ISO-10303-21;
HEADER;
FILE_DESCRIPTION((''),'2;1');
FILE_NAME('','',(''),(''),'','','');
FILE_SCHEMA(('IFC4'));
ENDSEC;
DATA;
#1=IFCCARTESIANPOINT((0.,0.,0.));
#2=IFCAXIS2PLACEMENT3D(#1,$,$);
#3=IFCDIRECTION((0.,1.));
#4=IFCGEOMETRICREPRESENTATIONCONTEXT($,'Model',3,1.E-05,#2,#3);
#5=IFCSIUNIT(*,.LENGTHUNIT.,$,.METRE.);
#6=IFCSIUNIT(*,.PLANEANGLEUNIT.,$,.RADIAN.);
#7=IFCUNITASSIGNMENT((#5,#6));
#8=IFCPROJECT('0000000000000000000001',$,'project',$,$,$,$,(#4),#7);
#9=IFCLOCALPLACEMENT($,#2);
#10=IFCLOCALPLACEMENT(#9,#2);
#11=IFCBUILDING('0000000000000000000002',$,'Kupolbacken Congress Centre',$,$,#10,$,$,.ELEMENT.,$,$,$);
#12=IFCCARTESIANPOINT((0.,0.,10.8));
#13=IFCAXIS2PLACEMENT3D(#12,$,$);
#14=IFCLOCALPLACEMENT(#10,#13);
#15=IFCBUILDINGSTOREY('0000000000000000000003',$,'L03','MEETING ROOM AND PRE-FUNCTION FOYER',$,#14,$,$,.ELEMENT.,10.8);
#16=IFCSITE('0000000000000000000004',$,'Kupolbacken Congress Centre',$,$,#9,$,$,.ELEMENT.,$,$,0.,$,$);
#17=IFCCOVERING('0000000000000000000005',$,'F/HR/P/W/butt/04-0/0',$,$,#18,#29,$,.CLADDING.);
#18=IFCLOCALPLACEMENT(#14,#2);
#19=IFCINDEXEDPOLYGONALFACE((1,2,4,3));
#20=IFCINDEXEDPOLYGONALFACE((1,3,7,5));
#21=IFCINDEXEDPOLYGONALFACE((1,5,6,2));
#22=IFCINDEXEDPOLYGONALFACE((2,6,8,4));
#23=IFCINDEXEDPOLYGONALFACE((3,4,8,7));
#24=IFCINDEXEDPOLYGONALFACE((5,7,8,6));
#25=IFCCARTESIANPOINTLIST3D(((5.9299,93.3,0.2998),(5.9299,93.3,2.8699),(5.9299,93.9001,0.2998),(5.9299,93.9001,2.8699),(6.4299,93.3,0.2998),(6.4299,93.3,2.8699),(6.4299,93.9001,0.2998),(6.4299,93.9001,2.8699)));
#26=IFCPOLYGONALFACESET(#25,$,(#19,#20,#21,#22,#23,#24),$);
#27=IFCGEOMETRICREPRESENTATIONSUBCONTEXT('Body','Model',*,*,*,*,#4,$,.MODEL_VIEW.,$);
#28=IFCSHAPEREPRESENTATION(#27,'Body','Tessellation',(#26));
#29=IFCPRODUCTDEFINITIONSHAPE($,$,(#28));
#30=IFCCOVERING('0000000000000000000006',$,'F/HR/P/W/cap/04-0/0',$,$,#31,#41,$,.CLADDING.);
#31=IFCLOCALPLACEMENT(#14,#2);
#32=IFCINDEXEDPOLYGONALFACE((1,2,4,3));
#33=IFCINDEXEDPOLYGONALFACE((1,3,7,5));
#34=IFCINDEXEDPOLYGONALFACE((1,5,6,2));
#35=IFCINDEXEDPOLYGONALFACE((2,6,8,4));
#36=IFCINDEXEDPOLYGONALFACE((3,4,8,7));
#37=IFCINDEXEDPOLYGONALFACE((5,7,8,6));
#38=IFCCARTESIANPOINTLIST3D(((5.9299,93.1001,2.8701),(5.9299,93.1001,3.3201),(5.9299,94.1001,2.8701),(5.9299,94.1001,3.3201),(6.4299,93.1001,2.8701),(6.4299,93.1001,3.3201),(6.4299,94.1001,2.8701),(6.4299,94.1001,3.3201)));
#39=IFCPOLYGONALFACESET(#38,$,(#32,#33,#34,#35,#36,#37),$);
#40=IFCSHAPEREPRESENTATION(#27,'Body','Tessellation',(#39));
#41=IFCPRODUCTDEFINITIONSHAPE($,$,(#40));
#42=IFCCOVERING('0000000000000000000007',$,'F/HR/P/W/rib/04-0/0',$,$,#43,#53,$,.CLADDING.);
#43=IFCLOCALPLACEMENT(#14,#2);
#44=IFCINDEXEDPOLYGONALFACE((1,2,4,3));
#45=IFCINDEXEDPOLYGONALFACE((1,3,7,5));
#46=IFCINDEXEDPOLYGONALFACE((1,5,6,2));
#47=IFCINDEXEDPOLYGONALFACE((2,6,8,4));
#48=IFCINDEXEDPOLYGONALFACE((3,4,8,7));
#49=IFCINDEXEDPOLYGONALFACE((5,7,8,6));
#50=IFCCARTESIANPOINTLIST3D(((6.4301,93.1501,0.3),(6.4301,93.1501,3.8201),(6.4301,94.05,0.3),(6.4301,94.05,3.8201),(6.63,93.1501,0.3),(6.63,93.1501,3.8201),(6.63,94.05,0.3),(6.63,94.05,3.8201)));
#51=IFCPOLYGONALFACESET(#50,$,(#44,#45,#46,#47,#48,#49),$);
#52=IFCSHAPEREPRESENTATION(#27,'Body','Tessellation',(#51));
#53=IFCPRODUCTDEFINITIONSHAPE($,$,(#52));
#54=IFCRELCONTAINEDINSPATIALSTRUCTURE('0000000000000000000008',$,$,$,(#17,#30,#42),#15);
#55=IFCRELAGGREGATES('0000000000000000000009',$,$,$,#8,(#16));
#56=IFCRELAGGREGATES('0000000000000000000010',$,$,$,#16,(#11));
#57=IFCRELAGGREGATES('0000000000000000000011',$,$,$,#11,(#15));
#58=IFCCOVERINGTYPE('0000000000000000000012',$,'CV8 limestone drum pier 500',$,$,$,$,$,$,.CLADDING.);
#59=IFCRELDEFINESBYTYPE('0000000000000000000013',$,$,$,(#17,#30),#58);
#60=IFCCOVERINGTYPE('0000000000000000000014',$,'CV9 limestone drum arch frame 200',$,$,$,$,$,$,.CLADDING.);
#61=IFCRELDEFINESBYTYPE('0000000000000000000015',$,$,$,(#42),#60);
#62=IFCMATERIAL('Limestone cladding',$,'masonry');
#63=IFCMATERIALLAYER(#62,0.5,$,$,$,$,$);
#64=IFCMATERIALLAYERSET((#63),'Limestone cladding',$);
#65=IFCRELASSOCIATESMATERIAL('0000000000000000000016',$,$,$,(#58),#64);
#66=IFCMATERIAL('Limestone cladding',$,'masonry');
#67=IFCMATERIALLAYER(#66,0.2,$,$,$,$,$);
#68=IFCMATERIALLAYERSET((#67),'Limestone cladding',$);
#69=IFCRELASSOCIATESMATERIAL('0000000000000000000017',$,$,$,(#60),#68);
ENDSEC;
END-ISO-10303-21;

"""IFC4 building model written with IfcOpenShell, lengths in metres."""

from ifc_helpers import new_model, si_unit, direction, frame, origin, origin_2d, place, context, subcontext, project, spatial, rectangle, extrude, material, layer, layer_set, type_object, element, save


model = new_model("IFC4")

# Units and contexts
model_context = context("Model", 3, precision=1e-05, world=origin(), true_north=direction((0.0, 1.0)))
body_context = subcontext(model_context, "Body", "Model", "MODEL_VIEW")
ifc_project = project(units=[si_unit("LENGTHUNIT", "METRE"), si_unit("PLANEANGLEUNIT", "RADIAN")], contexts=[model_context])

# Site, building, storey
site_placement = place(None, origin())
site = spatial("IfcSite", under=ifc_project, at=site_placement, Name="Kupolbacken Congress Centre", CompositionType="ELEMENT", RefElevation=0.0)
building_placement = place(site_placement, origin())
building = spatial("IfcBuilding", under=site, at=building_placement, Name="Kupolbacken Congress Centre", CompositionType="ELEMENT")
storey_placement = place(building_placement, frame((0.0, 0.0, 10.8)))
storey = spatial("IfcBuildingStorey", under=building, at=storey_placement, Name="L03", Description="MEETING ROOM AND PRE-FUNCTION FOYER", CompositionType="ELEMENT", Elevation=10.8)

# Coverings
ifc_material_1 = material(Name="Limestone cladding", Category="masonry")
ifc_layer_1 = layer(ifc_material_1, 0.5)
ifc_layer_set_1 = layer_set([ifc_layer_1], Name="Limestone cladding")
covering_type_1 = type_object("IfcCoveringType", Name="CV8 limestone drum pier 500", PredefinedType="CLADDING", material=ifc_layer_set_1)
covering_1_placement = place(storey_placement, frame((6.1799, 93.6001, 0.2998), z_axis=(0.0, 0.0, 1.0), x_axis=(0.0, 1.0, 0.0)))
element("IfcCovering", 1, at=covering_1_placement, inside=storey, type_object=covering_type_1, Name="F/HR/P/W/butt/04-0/0", PredefinedType="CLADDING", context=body_context, shape_type="SweptSolid", body=[
    extrude(rectangle(XDim=0.6001, YDim=0.5, at=origin_2d()), origin(), (0.0, 0.0, 1.0), 2.5701),
])
covering_2_placement = place(storey_placement, frame((6.1799, 93.6001, 2.8701), z_axis=(0.0, 0.0, 1.0), x_axis=(0.0, 1.0, 0.0)))
element("IfcCovering", 2, at=covering_2_placement, inside=storey, type_object=covering_type_1, Name="F/HR/P/W/cap/04-0/0", PredefinedType="CLADDING", context=body_context, shape_type="SweptSolid", body=[
    extrude(rectangle(XDim=1.0, YDim=0.5, at=origin_2d()), origin(), (0.0, 0.0, 1.0), 0.45),
])
ifc_material_2 = material(Name="Limestone cladding", Category="masonry")
ifc_layer_2 = layer(ifc_material_2, 0.2)
ifc_layer_set_2 = layer_set([ifc_layer_2], Name="Limestone cladding")
covering_type_2 = type_object("IfcCoveringType", Name="CV9 limestone drum arch frame 200", PredefinedType="CLADDING", material=ifc_layer_set_2)
covering_3_placement = place(storey_placement, frame((6.53, 93.6001, 0.3), z_axis=(0.0, 0.0, 1.0), x_axis=(0.0, 1.0, 0.0)))
element("IfcCovering", 3, at=covering_3_placement, inside=storey, type_object=covering_type_2, Name="F/HR/P/W/rib/04-0/0", PredefinedType="CLADDING", context=body_context, shape_type="SweptSolid", body=[
    extrude(rectangle(XDim=0.8999, YDim=0.2, at=origin_2d()), origin(), (0.0, 0.0, 1.0), 3.52),
])

save(model, "model.ifc")
